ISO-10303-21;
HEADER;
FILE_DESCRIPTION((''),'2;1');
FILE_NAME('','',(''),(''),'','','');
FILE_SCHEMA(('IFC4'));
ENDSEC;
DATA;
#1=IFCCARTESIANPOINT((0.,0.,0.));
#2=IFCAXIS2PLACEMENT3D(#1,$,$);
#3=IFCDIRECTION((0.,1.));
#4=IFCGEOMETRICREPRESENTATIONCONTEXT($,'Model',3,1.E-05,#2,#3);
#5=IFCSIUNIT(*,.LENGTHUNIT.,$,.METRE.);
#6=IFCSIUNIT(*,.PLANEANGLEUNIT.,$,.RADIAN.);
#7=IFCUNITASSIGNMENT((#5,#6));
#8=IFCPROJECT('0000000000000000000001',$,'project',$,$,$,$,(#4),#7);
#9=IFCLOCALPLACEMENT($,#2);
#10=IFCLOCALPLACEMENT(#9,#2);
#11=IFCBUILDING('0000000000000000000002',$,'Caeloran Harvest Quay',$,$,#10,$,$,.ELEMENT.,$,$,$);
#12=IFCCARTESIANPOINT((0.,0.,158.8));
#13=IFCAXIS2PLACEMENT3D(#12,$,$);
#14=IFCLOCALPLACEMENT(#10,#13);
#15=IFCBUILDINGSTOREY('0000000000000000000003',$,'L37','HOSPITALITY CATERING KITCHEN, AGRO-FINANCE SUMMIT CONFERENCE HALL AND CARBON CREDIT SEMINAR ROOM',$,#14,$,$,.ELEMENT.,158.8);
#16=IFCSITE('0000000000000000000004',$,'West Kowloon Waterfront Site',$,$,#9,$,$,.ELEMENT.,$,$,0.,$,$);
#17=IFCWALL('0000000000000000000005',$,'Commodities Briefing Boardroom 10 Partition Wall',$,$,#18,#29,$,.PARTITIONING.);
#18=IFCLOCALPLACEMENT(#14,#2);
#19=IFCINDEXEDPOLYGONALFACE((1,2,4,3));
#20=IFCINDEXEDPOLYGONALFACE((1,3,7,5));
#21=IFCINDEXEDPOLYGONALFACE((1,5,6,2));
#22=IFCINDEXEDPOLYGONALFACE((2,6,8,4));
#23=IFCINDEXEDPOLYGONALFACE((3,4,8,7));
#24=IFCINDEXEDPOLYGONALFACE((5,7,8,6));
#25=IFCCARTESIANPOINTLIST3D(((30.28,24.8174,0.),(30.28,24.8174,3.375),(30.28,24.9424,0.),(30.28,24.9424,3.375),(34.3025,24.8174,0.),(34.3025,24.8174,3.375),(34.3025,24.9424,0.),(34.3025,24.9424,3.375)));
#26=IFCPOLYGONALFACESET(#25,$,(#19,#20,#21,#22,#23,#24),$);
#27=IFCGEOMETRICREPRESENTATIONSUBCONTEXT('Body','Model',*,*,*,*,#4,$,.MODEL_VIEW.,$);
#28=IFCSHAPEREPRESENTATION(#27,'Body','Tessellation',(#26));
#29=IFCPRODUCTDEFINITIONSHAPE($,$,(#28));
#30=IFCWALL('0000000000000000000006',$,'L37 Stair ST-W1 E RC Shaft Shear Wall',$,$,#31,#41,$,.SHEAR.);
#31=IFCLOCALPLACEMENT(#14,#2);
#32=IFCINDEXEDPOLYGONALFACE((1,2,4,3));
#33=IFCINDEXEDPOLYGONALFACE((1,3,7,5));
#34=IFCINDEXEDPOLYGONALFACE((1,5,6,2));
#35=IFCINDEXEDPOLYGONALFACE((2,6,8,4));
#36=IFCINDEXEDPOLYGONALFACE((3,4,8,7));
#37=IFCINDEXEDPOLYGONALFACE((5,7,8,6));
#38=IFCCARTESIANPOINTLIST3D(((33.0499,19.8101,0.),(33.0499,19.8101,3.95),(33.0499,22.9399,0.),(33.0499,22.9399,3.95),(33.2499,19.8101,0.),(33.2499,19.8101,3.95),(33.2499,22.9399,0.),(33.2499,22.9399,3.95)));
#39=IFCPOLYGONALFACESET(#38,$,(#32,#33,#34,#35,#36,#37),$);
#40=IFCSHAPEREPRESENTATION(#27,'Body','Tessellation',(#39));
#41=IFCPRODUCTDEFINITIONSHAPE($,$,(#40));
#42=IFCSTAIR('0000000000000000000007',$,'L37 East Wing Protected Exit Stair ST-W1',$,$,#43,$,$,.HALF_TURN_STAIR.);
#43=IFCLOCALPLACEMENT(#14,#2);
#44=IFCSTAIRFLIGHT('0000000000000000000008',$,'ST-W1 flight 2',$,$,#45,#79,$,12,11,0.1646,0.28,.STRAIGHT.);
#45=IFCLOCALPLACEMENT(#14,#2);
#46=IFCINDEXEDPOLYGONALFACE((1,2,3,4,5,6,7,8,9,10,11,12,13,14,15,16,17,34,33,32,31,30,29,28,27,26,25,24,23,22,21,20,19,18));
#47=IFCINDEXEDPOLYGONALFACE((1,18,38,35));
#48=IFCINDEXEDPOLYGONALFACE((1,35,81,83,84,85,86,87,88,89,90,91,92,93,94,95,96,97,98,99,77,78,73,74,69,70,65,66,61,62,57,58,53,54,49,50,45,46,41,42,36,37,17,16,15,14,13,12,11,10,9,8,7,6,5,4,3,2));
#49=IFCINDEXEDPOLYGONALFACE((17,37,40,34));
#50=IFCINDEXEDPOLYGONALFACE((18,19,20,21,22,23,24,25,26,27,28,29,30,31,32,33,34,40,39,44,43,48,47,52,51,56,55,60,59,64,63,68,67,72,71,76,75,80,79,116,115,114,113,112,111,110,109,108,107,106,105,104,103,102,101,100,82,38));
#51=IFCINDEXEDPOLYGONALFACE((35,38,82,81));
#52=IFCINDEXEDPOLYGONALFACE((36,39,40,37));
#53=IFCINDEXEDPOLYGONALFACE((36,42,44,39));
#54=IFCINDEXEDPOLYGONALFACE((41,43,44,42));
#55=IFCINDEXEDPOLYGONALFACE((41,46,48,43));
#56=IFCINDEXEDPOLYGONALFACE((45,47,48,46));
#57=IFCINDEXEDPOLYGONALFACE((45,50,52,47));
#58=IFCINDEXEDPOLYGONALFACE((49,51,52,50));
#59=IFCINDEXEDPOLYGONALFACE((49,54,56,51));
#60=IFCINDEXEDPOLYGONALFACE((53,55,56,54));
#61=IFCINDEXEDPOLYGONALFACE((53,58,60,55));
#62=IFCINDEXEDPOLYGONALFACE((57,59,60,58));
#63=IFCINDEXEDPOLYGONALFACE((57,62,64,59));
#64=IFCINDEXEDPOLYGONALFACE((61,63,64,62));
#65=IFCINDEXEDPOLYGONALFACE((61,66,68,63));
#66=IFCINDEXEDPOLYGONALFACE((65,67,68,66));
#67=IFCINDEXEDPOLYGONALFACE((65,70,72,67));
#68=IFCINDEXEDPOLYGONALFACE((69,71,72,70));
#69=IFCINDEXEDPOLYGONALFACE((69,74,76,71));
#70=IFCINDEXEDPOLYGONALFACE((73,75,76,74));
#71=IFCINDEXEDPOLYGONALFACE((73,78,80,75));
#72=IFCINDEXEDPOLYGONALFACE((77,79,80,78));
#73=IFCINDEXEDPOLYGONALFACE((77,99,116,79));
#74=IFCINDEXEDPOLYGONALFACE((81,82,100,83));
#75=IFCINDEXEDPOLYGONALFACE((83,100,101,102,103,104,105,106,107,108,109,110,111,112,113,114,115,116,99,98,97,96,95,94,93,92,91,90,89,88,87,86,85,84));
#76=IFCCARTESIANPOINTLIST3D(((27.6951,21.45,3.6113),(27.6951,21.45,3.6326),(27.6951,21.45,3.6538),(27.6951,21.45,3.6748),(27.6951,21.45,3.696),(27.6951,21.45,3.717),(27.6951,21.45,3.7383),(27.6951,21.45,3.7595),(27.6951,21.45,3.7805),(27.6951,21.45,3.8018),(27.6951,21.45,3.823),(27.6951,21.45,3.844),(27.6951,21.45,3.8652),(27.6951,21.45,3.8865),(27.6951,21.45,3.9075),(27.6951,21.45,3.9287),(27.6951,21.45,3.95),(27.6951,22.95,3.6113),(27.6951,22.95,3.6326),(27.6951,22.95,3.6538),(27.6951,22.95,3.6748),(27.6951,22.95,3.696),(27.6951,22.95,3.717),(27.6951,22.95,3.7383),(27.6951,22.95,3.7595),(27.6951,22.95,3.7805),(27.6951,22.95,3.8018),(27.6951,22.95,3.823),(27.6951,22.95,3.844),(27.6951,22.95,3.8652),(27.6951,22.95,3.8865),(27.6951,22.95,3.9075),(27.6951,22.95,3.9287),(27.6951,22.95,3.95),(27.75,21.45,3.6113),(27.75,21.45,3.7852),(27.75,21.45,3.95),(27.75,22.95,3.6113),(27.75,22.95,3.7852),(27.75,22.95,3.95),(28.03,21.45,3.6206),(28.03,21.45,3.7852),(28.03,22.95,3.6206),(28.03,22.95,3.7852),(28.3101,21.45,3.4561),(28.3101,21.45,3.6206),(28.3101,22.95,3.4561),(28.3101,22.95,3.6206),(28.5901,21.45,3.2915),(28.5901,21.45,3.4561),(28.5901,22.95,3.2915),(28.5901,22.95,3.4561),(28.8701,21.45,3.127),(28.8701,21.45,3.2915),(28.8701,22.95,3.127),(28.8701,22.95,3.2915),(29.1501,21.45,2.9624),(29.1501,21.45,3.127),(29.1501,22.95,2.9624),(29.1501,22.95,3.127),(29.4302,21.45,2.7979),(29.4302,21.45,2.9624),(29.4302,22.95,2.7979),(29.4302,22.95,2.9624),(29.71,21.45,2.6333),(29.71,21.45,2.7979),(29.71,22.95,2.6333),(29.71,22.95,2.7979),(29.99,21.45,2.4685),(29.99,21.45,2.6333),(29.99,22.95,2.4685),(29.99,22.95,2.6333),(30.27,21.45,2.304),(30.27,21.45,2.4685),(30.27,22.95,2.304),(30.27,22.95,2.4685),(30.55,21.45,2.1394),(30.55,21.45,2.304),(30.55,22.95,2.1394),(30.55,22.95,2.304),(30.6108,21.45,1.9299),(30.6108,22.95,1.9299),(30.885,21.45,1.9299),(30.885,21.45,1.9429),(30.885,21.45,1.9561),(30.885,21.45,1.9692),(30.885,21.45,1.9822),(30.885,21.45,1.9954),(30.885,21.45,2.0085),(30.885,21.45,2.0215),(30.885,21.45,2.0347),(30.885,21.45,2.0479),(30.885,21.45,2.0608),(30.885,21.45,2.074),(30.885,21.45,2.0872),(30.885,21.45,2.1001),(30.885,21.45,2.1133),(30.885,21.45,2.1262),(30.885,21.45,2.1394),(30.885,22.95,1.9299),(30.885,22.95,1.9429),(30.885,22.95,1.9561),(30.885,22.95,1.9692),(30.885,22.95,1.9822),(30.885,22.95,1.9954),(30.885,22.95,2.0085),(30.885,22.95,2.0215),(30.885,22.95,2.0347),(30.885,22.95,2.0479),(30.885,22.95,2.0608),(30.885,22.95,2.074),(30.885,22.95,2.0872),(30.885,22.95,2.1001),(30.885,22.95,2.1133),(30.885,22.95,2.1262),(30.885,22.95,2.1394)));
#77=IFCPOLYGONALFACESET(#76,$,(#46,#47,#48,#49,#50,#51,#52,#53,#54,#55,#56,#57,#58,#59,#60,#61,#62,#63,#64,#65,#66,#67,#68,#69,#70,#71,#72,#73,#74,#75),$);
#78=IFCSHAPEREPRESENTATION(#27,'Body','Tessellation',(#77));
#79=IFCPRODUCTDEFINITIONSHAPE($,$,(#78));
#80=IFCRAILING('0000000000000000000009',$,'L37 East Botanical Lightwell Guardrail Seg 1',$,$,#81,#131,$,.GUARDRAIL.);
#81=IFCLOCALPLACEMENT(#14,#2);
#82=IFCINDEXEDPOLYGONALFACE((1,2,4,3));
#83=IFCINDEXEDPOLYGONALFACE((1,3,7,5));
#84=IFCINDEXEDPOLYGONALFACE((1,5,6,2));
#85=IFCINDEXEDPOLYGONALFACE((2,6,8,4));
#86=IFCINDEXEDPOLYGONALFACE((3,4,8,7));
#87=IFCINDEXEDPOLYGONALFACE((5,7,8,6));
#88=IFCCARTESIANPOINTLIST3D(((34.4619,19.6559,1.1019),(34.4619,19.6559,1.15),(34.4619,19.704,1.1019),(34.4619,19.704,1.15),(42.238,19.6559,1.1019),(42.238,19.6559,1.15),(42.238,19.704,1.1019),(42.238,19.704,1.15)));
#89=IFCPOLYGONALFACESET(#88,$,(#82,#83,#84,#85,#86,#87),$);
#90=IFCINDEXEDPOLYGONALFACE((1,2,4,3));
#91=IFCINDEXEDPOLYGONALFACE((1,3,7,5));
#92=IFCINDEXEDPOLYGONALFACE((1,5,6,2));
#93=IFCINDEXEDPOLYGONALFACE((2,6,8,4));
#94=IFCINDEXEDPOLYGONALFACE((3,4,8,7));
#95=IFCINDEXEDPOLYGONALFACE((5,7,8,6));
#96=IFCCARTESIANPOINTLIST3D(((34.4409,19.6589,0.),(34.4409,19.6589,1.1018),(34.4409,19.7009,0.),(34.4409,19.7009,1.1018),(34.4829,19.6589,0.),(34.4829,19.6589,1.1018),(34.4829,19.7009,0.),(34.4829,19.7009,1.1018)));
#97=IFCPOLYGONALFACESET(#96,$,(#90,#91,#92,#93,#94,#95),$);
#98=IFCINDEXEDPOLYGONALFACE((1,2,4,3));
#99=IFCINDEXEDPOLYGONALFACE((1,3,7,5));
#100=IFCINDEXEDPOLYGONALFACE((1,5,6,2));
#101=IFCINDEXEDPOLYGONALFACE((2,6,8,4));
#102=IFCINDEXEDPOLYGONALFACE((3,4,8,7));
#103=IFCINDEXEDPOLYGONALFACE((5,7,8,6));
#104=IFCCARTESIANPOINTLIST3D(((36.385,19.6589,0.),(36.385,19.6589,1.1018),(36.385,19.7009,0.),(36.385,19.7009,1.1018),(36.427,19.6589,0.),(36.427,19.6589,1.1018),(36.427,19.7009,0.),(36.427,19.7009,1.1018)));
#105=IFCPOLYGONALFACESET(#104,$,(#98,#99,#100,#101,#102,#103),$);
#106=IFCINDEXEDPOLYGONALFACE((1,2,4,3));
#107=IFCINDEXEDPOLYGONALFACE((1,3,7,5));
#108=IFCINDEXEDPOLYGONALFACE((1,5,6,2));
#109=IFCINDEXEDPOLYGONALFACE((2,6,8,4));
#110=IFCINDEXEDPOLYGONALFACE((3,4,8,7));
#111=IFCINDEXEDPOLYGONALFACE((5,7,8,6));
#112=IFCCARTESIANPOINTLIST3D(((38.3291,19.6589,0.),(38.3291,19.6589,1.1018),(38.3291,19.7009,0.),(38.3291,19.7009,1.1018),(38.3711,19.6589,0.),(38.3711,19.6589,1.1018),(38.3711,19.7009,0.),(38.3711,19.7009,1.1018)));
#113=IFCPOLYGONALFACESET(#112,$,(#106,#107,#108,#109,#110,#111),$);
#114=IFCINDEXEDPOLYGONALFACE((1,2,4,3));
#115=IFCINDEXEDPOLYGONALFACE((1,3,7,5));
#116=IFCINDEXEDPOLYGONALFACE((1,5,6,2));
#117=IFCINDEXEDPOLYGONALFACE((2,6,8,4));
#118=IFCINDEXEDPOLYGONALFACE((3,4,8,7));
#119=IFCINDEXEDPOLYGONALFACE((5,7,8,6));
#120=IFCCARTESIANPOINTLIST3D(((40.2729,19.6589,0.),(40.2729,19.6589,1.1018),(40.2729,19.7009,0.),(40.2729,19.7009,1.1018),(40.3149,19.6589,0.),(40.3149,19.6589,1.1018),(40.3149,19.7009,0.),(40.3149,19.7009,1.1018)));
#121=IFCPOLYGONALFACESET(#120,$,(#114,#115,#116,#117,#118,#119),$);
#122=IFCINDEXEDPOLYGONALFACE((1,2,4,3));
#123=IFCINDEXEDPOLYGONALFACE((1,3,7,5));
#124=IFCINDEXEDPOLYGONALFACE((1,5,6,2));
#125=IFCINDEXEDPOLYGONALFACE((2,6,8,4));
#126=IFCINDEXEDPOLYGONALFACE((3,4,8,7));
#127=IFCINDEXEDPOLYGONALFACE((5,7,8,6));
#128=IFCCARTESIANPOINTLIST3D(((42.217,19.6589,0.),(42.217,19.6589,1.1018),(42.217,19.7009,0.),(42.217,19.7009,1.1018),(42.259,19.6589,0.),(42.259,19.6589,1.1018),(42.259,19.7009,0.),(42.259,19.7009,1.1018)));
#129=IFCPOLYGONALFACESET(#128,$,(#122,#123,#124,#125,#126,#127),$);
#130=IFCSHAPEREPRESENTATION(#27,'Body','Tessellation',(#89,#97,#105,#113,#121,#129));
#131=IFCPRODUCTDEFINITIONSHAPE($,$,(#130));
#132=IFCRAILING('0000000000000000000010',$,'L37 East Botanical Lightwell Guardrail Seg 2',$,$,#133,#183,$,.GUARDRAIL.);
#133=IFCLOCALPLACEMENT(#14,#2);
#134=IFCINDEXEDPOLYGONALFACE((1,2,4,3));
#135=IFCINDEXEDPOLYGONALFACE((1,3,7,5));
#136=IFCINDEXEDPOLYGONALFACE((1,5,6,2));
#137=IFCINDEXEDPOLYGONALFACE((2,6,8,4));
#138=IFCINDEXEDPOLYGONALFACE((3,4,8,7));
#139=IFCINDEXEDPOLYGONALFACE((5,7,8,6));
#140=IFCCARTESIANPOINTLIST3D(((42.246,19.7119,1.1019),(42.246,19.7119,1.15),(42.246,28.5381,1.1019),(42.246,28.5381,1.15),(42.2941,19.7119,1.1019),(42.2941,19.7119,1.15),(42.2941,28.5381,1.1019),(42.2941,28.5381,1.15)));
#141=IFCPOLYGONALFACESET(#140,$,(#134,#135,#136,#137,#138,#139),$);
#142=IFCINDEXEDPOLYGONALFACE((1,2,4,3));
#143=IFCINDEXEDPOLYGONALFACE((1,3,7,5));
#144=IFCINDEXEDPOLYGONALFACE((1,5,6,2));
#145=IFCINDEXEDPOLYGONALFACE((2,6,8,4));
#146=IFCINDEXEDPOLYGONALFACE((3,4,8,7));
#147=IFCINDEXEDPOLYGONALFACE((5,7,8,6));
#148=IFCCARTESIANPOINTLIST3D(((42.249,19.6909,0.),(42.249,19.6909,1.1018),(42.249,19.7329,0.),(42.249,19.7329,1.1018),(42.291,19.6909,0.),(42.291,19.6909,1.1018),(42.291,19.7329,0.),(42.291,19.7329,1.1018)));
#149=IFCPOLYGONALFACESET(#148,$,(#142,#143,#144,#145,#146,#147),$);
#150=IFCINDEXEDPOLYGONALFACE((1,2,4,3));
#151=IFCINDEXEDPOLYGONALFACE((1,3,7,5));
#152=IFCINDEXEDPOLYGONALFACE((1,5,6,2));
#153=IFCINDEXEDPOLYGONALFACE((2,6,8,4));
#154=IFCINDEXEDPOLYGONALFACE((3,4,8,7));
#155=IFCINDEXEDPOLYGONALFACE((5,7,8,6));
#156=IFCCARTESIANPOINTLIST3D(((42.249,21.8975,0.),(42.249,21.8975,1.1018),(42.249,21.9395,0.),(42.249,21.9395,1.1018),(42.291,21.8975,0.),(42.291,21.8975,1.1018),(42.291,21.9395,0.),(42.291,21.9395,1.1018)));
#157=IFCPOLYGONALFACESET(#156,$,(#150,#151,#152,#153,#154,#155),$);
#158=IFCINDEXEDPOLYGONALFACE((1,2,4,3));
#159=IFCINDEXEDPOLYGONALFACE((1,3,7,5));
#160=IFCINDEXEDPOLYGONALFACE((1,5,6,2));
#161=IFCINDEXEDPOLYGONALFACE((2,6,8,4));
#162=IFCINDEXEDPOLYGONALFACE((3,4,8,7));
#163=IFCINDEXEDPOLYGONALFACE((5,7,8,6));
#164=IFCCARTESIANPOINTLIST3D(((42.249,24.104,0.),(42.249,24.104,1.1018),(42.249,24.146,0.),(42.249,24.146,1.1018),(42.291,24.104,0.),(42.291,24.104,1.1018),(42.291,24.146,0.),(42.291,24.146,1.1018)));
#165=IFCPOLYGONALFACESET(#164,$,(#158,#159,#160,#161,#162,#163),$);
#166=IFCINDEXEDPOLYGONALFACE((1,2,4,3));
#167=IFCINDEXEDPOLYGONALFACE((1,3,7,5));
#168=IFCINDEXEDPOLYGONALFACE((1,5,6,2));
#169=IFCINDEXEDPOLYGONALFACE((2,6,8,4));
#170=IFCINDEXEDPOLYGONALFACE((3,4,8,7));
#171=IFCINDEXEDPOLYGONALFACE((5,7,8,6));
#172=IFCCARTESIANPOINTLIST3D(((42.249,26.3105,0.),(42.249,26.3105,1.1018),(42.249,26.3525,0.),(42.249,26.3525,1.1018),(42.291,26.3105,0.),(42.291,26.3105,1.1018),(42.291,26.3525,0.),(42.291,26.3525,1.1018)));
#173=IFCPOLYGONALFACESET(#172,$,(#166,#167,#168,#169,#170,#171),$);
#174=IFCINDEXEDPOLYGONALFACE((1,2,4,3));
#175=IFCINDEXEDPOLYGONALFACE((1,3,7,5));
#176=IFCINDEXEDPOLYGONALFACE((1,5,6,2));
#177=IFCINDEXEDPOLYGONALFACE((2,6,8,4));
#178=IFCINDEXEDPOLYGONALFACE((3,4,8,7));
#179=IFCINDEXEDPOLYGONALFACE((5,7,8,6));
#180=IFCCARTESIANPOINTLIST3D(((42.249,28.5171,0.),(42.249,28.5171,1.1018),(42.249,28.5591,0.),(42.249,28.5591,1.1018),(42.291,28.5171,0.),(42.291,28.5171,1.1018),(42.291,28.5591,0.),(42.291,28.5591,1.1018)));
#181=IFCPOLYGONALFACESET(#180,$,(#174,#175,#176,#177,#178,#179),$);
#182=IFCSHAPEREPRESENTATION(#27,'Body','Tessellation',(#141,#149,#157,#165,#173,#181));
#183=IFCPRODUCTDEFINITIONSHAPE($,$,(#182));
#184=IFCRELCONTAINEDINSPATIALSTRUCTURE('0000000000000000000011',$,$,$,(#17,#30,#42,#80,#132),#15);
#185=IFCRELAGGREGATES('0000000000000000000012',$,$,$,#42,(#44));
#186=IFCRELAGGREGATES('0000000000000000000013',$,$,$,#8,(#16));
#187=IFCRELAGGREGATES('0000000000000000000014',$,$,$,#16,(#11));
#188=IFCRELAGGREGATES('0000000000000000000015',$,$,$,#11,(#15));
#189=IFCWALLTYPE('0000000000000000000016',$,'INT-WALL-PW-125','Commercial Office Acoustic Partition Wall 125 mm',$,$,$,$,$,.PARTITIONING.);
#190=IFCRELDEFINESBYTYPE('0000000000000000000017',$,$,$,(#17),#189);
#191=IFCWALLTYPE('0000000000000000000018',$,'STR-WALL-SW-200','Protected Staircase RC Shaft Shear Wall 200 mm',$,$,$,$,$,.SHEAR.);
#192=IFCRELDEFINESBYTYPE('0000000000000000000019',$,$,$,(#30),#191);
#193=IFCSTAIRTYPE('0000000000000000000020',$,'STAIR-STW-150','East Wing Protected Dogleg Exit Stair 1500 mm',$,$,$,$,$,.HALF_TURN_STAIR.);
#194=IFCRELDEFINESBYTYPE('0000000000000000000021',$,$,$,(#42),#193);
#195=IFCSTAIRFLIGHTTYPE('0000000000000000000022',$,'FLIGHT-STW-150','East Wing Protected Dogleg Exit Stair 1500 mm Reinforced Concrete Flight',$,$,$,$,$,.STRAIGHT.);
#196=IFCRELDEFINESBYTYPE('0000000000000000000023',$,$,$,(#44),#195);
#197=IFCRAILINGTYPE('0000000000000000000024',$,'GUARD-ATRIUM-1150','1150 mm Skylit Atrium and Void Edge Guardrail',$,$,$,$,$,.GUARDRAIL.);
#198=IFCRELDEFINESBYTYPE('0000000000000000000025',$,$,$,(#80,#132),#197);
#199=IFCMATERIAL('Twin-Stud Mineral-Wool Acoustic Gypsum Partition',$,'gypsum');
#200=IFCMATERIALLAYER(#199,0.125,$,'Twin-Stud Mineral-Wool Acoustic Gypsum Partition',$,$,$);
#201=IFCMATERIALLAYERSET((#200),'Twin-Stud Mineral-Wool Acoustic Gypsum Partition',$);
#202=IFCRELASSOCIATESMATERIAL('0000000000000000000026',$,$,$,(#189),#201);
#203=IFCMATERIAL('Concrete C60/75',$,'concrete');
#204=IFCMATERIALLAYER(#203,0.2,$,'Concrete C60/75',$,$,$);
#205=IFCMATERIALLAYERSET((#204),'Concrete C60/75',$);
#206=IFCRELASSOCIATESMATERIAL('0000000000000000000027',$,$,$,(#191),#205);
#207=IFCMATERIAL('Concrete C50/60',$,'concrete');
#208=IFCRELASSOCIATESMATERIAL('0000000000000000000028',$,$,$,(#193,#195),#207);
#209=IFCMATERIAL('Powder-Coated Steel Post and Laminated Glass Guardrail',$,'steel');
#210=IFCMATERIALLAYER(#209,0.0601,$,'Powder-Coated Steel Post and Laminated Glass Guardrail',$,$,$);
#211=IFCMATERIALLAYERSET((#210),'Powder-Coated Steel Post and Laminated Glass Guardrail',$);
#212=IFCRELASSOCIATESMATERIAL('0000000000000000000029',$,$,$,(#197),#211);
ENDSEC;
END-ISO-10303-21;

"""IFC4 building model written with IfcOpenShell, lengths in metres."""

from ifc_helpers import new_model, si_unit, direction, frame, frame_2d, origin, origin_2d, place, context, subcontext, project, spatial, polyline, rectangle, outline, extrude, material, layer, layer_set, type_object, element, aggregate, save


model = new_model("IFC4")

# Units and contexts
model_context = context("Model", 3, precision=1e-05, world=origin(), true_north=direction((0.0, 1.0)))
body_context = subcontext(model_context, "Body", "Model", "MODEL_VIEW")
ifc_project = project(units=[si_unit("LENGTHUNIT", "METRE"), si_unit("PLANEANGLEUNIT", "RADIAN")], contexts=[model_context])

# Site, building, storey
site_placement = place(None, origin())
site = spatial("IfcSite", under=ifc_project, at=site_placement, Name="West Kowloon Waterfront Site", CompositionType="ELEMENT", RefElevation=0.0)
building_placement = place(site_placement, origin())
building = spatial("IfcBuilding", under=site, at=building_placement, Name="Caeloran Harvest Quay", CompositionType="ELEMENT")
storey_placement = place(building_placement, frame((0.0, 0.0, 158.8)))
storey = spatial("IfcBuildingStorey", under=building, at=storey_placement, Name="L37", Description="HOSPITALITY CATERING KITCHEN, AGRO-FINANCE SUMMIT CONFERENCE HALL AND CARBON CREDIT SEMINAR ROOM", CompositionType="ELEMENT", Elevation=158.8)

# Shared definitions
ifc_material_1 = material(Name="Twin-Stud Mineral-Wool Acoustic Gypsum Partition", Category="gypsum")
ifc_layer_1 = layer(ifc_material_1, 0.125, Name="Twin-Stud Mineral-Wool Acoustic Gypsum Partition")
ifc_layer_set_1 = layer_set([ifc_layer_1], Name="Twin-Stud Mineral-Wool Acoustic Gypsum Partition")
wall_type_1 = type_object("IfcWallType", Name="INT-WALL-PW-125", Description="Commercial Office Acoustic Partition Wall 125 mm", PredefinedType="PARTITIONING", material=ifc_layer_set_1)

# Walls
wall_1_placement = place(storey_placement, frame((34.3025, 24.8799, 0.0), z_axis=(0.0, 0.0, 1.0), x_axis=(-1.0, 0.0, 0.0)))
element("IfcWall", 1, at=wall_1_placement, inside=storey, type_object=wall_type_1, Name="Commodities Briefing Boardroom 10 Partition Wall", PredefinedType="PARTITIONING", context=body_context, shape_type="SweptSolid", body=[
    extrude(rectangle(XDim=4.0225, YDim=0.125, at=frame_2d((2.0112, 0.0))), origin(), (0.0, 0.0, 1.0), 3.375),
])
ifc_material_2 = material(Name="Concrete C60/75", Category="concrete")
ifc_layer_2 = layer(ifc_material_2, 0.2, Name="Concrete C60/75")
ifc_layer_set_2 = layer_set([ifc_layer_2], Name="Concrete C60/75")
wall_type_2 = type_object("IfcWallType", Name="STR-WALL-SW-200", Description="Protected Staircase RC Shaft Shear Wall 200 mm", PredefinedType="SHEAR", material=ifc_layer_set_2)
wall_2_placement = place(storey_placement, frame((33.1499, 19.8101, 0.0), z_axis=(0.0, 0.0, 1.0), x_axis=(0.0, 1.0, 0.0)))
element("IfcWall", 2, at=wall_2_placement, inside=storey, type_object=wall_type_2, Name="L37 Stair ST-W1 E RC Shaft Shear Wall", PredefinedType="SHEAR", context=body_context, shape_type="SweptSolid", body=[
    extrude(rectangle(XDim=3.1299, YDim=0.2, at=frame_2d((1.5649, 0.0))), origin(), (0.0, 0.0, 1.0), 3.95),
])

# Stair, stair flight
ifc_material_3 = material(Name="Concrete C50/60", Category="concrete")
stair_type = type_object("IfcStairType", Name="STAIR-STW-150", Description="East Wing Protected Dogleg Exit Stair 1500 mm", PredefinedType="HALF_TURN_STAIR", material=ifc_material_3)
stair_placement = place(storey_placement, origin())
stair = element("IfcStair", 3, at=stair_placement, inside=storey, type_object=stair_type, Name="L37 East Wing Protected Exit Stair ST-W1", PredefinedType="HALF_TURN_STAIR")
stair_flight_type = type_object("IfcStairFlightType", Name="FLIGHT-STW-150", Description="East Wing Protected Dogleg Exit Stair 1500 mm Reinforced Concrete Flight", PredefinedType="STRAIGHT", material=ifc_material_3)
stair_flight_placement = place(storey_placement, frame((30.8301, 22.2, 1.9749), z_axis=(0.0, 0.0, 1.0), x_axis=(-1.0, 0.0, 0.0)))
stair_flight = element("IfcStairFlight", 4, at=stair_flight_placement, type_object=stair_flight_type, Name="ST-W1 flight 2", NumberOfRisers=12, NumberOfTreads=11, PredefinedType="STRAIGHT", RiserHeight=0.1646, TreadLength=0.28, context=body_context, shape_type="SweptSolid", body=[
    extrude(outline(polyline([(-0.0549, -0.0449), (-0.0549, -0.032), (-0.0549, -0.0188), (-0.0549, -0.0056), (-0.0549, 0.0073), (-0.0549, 0.0205), (-0.0549, 0.0337), (-0.0549, 0.0466), (-0.0549, 0.0598), (-0.0549, 0.073), (-0.0549, 0.0859), (-0.0549, 0.0991), (-0.0549, 0.1123), (-0.0549, 0.1252), (-0.0549, 0.1384), (-0.0549, 0.1514), (-0.0549, 0.1646), (0.28, 0.1646), (0.28, 0.3291), (0.5601, 0.3291), (0.5601, 0.4937), (0.8401, 0.4937), (0.8401, 0.6584), (1.1201, 0.6584), (1.1201, 0.823), (1.3999, 0.823), (1.3999, 0.9875), (1.6799, 0.9875), (1.6799, 1.1521), (1.96, 1.1521), (1.96, 1.3167), (2.24, 1.3167), (2.24, 1.4812), (2.52, 1.4812), (2.52, 1.6458), (2.8, 1.6458), (2.8, 1.8103), (3.0801, 1.8103), (3.0801, 1.9751), (3.135, 1.9751), (3.135, 1.9539), (3.135, 1.9326), (3.135, 1.9116), (3.135, 1.8904), (3.135, 1.8691), (3.135, 1.8481), (3.135, 1.8269), (3.135, 1.8057), (3.135, 1.7847), (3.135, 1.7634), (3.135, 1.7422), (3.135, 1.7212), (3.135, 1.7), (3.135, 1.679), (3.135, 1.6577), (3.135, 1.6365), (3.0801, 1.6365), (0.2192, -0.0449), (-0.0549, -0.0449)])), frame((0.0, 0.75, 0.0), z_axis=(0.0, -1.0, 0.0), x_axis=(1.0, 0.0, 0.0)), (0.0, 0.0, 1.0), 1.5),
])
aggregate(stair, [stair_flight])

# Railings
ifc_material_4 = material(Name="Powder-Coated Steel Post and Laminated Glass Guardrail", Category="steel")
ifc_layer_3 = layer(ifc_material_4, 0.0601, Name="Powder-Coated Steel Post and Laminated Glass Guardrail")
ifc_layer_set_3 = layer_set([ifc_layer_3], Name="Powder-Coated Steel Post and Laminated Glass Guardrail")
railing_type_1 = type_object("IfcRailingType", Name="GUARD-ATRIUM-1150", Description="1150 mm Skylit Atrium and Void Edge Guardrail", PredefinedType="GUARDRAIL", material=ifc_layer_set_3)
railing_1_placement = place(storey_placement, frame((34.4619, 19.6799, 0.0)))
element("IfcRailing", 5, at=railing_1_placement, inside=storey, type_object=railing_type_1, Name="L37 East Botanical Lightwell Guardrail Seg 1", PredefinedType="GUARDRAIL", context=body_context, shape_type="SweptSolid", body=[
    extrude(rectangle(XDim=0.0481, YDim=0.0481, at=origin_2d()), frame((0.0, 0.0, 1.126), z_axis=(1.0, 0.0, 0.0), x_axis=(0.0, 1.0, 0.0)), (0.0, 0.0, 1.0), 7.7761),
    extrude(rectangle(XDim=0.042, YDim=0.042, at=origin_2d()), origin(), (0.0, 0.0, 1.0), 1.1018),
    extrude(rectangle(XDim=0.042, YDim=0.042, at=origin_2d()), frame((1.9441, 0.0, 0.0)), (0.0, 0.0, 1.0), 1.1018),
    extrude(rectangle(XDim=0.042, YDim=0.042, at=origin_2d()), frame((3.8882, 0.0, 0.0)), (0.0, 0.0, 1.0), 1.1018),
    extrude(rectangle(XDim=0.042, YDim=0.042, at=origin_2d()), frame((5.832, 0.0, 0.0)), (0.0, 0.0, 1.0), 1.1018),
    extrude(rectangle(XDim=0.042, YDim=0.042, at=origin_2d()), frame((7.7761, 0.0, 0.0)), (0.0, 0.0, 1.0), 1.1018),
])
railing_2_placement = place(storey_placement, frame((42.27, 19.7119, 0.0)))
element("IfcRailing", 6, at=railing_2_placement, inside=storey, type_object=railing_type_1, Name="L37 East Botanical Lightwell Guardrail Seg 2", PredefinedType="GUARDRAIL", context=body_context, shape_type="SweptSolid", body=[
    extrude(rectangle(XDim=0.0481, YDim=0.0481, at=origin_2d()), frame((0.0, 0.0, 1.126), z_axis=(0.0, 1.0, 0.0), x_axis=(-1.0, 0.0, 0.0)), (0.0, 0.0, 1.0), 8.8262),
    extrude(rectangle(XDim=0.042, YDim=0.042, at=origin_2d()), origin(), (0.0, 0.0, 1.0), 1.1018),
    extrude(rectangle(XDim=0.042, YDim=0.042, at=origin_2d()), frame((0.0, 2.2065, 0.0)), (0.0, 0.0, 1.0), 1.1018),
    extrude(rectangle(XDim=0.042, YDim=0.042, at=origin_2d()), frame((0.0, 4.4131, 0.0)), (0.0, 0.0, 1.0), 1.1018),
    extrude(rectangle(XDim=0.042, YDim=0.042, at=origin_2d()), frame((0.0, 6.6196, 0.0)), (0.0, 0.0, 1.0), 1.1018),
    extrude(rectangle(XDim=0.042, YDim=0.042, at=origin_2d()), frame((0.0, 8.8262, 0.0)), (0.0, 0.0, 1.0), 1.1018),
])

save(model, "model.ifc")
